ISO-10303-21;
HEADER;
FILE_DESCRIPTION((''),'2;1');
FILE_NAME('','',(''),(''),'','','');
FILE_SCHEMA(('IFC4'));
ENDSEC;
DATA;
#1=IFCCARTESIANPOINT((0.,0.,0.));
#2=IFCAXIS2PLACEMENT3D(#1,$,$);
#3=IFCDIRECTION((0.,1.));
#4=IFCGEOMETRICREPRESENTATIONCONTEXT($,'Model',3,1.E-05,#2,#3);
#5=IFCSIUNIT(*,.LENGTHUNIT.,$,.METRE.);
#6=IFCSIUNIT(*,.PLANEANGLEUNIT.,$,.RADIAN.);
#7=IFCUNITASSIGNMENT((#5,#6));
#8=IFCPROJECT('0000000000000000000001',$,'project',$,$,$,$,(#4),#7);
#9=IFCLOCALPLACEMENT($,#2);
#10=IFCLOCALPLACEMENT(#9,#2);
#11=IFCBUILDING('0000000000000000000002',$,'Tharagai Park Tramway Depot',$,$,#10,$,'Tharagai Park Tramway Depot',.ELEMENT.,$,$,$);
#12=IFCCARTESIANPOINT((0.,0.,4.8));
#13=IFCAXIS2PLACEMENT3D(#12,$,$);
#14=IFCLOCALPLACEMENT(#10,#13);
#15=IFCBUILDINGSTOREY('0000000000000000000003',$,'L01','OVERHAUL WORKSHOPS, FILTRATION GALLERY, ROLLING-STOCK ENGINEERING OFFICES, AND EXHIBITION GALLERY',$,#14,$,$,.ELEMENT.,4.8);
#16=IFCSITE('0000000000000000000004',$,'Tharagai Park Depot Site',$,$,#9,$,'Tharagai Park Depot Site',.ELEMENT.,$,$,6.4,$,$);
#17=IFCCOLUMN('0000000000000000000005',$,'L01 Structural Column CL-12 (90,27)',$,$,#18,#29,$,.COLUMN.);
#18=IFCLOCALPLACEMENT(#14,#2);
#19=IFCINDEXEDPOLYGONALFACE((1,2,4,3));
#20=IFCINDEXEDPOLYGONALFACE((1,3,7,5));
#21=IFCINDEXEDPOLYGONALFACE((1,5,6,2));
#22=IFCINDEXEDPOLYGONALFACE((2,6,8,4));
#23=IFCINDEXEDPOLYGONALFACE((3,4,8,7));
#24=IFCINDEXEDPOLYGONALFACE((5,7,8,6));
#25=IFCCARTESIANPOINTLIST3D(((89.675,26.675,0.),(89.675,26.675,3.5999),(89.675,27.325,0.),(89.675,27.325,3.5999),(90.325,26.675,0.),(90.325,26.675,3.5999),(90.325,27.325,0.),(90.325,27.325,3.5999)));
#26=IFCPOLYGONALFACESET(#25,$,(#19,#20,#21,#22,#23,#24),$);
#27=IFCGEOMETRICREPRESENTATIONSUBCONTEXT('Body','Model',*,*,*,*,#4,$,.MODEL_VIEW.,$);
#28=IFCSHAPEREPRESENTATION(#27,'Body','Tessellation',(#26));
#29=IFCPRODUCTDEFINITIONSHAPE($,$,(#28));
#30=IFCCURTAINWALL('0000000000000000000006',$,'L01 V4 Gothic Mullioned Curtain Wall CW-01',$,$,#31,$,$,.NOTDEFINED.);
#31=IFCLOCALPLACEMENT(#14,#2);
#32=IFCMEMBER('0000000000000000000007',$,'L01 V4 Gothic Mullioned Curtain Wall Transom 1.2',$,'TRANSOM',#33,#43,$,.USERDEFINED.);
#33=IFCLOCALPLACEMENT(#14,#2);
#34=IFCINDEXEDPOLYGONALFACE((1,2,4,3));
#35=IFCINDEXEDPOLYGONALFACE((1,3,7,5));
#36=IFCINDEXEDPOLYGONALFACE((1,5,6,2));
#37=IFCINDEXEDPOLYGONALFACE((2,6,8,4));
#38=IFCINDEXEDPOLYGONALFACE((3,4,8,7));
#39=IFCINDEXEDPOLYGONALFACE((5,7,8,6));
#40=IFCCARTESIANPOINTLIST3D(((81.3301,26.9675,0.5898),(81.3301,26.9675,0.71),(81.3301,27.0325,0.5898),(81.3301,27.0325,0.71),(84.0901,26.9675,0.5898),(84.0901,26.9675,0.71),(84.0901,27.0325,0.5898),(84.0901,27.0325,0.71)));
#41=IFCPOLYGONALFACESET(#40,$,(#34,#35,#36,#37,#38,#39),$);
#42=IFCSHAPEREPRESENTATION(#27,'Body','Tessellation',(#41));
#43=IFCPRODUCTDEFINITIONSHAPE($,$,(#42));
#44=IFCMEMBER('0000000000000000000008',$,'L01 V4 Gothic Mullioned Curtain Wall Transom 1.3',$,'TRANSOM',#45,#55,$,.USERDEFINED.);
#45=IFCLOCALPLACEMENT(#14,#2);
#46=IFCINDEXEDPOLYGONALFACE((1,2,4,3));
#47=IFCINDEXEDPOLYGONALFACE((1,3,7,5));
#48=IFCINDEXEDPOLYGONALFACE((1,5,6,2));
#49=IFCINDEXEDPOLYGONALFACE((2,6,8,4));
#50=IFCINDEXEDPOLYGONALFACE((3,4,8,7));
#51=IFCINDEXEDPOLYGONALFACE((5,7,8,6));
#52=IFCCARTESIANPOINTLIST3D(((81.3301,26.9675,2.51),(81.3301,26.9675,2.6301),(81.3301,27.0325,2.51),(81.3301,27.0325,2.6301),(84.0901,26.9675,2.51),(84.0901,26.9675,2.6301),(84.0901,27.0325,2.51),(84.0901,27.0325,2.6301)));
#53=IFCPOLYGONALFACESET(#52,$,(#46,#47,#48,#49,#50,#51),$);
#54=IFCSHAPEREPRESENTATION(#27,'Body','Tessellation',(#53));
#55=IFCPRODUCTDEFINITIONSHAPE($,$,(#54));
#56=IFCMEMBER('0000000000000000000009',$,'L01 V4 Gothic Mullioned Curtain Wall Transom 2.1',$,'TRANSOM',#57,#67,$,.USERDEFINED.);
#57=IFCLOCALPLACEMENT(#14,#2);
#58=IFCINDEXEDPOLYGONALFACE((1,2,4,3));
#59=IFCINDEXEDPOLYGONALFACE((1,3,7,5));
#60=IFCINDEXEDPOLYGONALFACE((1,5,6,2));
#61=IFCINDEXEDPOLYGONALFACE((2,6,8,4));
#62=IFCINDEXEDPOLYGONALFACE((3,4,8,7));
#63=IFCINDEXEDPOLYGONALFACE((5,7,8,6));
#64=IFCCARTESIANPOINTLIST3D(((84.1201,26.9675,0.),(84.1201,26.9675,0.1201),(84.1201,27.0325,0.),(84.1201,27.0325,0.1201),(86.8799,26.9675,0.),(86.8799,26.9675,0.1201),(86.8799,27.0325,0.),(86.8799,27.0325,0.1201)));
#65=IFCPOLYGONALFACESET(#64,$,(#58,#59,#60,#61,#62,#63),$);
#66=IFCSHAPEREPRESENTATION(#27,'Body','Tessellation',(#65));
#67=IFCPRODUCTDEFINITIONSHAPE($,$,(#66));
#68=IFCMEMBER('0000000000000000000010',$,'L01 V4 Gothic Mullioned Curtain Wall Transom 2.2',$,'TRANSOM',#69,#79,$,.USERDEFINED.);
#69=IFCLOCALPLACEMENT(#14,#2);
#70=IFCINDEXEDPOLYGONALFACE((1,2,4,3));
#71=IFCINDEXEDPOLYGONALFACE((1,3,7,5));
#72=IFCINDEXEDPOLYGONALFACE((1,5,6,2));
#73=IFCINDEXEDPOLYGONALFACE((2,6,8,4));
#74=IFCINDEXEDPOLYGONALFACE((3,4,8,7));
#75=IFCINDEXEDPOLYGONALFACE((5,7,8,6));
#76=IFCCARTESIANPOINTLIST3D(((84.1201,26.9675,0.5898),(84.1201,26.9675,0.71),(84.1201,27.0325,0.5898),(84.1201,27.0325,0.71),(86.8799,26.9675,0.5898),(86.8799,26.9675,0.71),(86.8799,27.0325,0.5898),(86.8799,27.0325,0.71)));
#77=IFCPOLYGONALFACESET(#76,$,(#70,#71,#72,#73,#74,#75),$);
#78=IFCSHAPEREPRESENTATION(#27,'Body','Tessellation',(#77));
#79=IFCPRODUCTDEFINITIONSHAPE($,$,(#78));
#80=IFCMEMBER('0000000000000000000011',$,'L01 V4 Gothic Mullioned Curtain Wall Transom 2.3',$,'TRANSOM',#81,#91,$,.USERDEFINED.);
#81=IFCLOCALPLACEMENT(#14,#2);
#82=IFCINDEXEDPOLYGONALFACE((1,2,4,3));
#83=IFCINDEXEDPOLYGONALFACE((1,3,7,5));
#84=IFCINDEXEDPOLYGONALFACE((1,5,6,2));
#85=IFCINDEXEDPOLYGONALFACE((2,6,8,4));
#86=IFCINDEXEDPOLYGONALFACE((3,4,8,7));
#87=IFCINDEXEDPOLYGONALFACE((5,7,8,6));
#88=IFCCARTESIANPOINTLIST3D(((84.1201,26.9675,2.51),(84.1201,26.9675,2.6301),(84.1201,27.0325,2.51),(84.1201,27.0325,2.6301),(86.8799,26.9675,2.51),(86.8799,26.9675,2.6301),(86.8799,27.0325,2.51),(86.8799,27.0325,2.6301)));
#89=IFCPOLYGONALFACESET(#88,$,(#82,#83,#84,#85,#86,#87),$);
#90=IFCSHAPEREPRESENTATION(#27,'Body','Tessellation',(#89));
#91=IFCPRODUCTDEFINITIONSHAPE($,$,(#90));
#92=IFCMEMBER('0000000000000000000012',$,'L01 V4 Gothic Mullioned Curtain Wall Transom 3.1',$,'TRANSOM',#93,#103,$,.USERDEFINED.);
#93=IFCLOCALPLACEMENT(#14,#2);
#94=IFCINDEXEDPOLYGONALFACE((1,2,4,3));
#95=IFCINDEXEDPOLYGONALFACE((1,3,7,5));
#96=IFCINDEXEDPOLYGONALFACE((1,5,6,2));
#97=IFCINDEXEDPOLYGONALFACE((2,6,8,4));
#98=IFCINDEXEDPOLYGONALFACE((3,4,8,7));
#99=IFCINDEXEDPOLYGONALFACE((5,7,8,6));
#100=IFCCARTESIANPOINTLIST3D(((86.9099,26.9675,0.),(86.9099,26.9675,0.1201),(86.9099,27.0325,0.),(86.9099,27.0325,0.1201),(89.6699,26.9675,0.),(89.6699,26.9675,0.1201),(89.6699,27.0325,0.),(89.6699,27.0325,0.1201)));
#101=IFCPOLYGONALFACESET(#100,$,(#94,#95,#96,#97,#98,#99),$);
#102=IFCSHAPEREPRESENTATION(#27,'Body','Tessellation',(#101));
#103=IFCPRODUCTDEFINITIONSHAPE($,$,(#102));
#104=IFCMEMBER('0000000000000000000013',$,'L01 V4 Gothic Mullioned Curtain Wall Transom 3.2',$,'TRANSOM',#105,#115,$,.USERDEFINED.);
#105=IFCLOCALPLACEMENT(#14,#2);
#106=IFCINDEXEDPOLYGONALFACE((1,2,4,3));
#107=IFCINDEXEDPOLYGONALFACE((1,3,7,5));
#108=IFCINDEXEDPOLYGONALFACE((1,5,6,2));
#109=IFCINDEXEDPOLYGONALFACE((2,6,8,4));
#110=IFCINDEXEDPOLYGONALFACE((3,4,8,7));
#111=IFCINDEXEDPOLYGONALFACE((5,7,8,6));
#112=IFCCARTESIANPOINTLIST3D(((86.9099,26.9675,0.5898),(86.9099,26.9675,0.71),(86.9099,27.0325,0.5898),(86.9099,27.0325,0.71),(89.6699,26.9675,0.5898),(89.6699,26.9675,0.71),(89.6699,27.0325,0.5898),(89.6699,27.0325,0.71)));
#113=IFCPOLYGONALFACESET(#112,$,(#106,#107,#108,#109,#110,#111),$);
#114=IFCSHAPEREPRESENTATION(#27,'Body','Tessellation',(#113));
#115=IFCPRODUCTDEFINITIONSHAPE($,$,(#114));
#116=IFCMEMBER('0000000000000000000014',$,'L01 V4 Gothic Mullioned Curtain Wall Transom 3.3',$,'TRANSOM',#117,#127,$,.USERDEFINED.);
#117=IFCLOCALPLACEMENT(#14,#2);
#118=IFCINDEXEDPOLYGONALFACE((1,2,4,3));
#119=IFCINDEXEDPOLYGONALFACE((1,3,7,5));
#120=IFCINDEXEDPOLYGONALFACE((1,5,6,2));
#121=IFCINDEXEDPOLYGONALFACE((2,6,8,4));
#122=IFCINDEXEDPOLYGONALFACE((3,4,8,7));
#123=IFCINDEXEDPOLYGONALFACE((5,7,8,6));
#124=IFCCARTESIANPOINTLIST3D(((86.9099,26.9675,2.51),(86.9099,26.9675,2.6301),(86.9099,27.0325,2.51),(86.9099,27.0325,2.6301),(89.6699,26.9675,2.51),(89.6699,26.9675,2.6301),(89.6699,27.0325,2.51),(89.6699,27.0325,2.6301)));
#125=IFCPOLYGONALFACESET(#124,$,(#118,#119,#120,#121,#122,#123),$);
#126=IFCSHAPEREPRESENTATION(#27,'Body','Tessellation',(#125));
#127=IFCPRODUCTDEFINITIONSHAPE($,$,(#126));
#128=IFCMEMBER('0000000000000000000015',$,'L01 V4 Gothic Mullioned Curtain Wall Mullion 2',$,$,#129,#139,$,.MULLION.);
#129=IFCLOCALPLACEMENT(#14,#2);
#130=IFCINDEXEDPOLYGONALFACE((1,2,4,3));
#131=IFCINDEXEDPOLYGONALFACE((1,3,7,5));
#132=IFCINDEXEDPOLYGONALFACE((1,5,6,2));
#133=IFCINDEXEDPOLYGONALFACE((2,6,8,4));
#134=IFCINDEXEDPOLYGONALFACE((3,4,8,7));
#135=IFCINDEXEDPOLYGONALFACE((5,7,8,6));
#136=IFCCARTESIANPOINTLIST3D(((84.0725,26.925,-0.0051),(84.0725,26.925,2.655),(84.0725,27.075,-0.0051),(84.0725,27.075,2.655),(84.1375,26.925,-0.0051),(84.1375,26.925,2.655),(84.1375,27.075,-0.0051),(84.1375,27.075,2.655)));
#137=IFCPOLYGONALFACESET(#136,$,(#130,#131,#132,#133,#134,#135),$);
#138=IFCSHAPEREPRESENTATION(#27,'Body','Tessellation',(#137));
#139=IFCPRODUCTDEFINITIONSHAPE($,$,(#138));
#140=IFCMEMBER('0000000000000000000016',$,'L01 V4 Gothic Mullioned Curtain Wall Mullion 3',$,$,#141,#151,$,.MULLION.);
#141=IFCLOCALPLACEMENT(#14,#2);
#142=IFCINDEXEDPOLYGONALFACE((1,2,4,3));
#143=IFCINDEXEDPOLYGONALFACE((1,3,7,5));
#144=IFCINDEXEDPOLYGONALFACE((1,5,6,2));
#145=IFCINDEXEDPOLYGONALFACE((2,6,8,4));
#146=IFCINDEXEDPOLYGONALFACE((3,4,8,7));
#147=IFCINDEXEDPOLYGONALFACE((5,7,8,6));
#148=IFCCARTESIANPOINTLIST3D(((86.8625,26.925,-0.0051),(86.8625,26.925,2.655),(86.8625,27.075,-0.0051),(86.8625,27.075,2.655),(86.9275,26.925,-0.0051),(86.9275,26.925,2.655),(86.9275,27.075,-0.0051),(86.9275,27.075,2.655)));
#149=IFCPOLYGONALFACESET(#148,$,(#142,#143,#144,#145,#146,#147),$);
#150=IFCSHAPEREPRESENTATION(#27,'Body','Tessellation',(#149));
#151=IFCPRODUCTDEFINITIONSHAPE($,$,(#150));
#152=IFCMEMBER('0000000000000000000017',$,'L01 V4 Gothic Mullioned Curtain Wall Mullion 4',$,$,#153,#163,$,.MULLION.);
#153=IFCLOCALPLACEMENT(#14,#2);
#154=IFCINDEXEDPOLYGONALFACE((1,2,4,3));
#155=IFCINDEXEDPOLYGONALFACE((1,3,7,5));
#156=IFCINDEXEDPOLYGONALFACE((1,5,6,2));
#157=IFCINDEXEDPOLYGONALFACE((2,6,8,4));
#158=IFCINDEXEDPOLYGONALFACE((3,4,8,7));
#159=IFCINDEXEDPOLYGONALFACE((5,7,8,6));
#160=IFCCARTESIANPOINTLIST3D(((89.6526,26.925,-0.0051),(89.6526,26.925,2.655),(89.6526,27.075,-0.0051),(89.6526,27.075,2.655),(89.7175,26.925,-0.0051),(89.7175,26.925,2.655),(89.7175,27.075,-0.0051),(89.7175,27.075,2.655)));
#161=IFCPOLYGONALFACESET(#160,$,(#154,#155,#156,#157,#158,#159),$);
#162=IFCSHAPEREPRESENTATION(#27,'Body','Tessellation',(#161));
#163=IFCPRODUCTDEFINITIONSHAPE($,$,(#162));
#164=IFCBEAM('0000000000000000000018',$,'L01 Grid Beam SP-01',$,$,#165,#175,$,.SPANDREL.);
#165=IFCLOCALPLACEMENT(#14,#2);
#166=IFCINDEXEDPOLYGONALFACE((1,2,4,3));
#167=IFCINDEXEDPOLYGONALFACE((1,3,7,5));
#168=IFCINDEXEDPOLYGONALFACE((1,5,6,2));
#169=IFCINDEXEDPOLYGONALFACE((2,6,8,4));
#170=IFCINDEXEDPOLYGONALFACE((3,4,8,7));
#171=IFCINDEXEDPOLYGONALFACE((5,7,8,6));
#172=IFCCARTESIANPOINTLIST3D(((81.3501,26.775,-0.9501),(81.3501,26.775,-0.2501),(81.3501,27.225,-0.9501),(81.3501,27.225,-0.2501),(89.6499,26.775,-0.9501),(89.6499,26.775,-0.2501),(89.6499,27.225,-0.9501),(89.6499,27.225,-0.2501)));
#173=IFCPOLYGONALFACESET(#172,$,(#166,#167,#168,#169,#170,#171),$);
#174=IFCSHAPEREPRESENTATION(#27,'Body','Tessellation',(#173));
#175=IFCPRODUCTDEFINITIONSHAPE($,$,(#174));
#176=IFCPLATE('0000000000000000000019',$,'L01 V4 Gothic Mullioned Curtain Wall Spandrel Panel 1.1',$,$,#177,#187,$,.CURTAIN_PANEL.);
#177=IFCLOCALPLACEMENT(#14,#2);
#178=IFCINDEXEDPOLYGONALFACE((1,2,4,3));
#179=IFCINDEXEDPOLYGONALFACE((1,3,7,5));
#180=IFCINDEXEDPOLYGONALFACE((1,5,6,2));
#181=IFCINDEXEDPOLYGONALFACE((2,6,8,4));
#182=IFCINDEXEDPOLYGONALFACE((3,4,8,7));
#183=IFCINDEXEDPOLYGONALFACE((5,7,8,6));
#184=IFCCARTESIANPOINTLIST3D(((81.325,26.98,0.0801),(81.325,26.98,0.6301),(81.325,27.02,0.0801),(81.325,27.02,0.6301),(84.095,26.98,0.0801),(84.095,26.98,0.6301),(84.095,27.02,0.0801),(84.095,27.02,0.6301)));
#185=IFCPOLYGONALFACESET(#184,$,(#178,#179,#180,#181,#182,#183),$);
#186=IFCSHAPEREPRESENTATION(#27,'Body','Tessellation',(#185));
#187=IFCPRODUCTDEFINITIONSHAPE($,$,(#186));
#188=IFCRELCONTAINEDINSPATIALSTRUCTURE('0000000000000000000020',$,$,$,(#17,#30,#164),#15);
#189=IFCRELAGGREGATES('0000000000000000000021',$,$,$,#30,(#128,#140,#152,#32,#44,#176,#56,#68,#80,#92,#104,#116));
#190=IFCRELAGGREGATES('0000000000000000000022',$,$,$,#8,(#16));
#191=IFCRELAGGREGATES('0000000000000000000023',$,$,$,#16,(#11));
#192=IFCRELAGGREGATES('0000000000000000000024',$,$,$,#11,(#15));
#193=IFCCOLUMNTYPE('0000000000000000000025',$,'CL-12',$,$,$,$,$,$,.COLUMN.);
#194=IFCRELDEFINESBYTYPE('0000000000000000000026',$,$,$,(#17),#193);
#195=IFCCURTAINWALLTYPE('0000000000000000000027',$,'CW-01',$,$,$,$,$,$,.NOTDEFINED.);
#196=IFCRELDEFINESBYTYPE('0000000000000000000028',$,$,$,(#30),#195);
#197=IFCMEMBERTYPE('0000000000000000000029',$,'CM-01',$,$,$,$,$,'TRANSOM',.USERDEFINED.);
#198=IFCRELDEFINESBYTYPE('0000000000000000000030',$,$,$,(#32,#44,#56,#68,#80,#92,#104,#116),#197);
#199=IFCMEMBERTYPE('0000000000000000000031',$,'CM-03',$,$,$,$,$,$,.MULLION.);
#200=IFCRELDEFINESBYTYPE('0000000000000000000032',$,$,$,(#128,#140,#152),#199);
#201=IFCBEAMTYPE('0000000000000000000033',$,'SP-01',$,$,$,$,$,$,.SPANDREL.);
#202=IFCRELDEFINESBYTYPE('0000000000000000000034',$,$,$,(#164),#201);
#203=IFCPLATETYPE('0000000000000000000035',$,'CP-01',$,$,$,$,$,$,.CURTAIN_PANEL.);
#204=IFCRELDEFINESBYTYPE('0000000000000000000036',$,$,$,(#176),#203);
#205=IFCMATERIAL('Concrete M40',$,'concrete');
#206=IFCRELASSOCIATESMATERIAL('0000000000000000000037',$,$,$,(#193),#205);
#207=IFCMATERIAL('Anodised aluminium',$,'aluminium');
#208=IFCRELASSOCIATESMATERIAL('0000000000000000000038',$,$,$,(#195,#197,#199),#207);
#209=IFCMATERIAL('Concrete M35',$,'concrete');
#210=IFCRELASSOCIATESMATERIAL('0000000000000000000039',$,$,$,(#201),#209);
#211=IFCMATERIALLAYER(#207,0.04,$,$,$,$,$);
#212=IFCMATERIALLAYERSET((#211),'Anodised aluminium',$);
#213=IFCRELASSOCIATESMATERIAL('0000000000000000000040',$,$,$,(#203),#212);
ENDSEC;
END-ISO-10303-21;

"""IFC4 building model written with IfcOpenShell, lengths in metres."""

from ifc_helpers import new_model, si_unit, direction, frame, origin, origin_2d, place, context, subcontext, project, spatial, rectangle, extrude, material, layer, layer_set, material_profile, profile_set, type_object, element, aggregate, save


model = new_model("IFC4")

# Units and contexts
model_context = context("Model", 3, precision=1e-05, world=origin(), true_north=direction((0.0, 1.0)))
body_context = subcontext(model_context, "Body", "Model", "MODEL_VIEW")
ifc_project = project(units=[si_unit("LENGTHUNIT", "METRE"), si_unit("PLANEANGLEUNIT", "RADIAN")], contexts=[model_context])

# Site, building, storey
site_placement = place(None, origin())
site = spatial("IfcSite", under=ifc_project, at=site_placement, Name="Tharagai Park Depot Site", LongName="Tharagai Park Depot Site", CompositionType="ELEMENT", RefElevation=6.4)
building_placement = place(site_placement, origin())
building = spatial("IfcBuilding", under=site, at=building_placement, Name="Tharagai Park Tramway Depot", LongName="Tharagai Park Tramway Depot", CompositionType="ELEMENT")
storey_placement = place(building_placement, frame((0.0, 0.0, 4.8)))
storey = spatial("IfcBuildingStorey", under=building, at=storey_placement, Name="L01", Description="OVERHAUL WORKSHOPS, FILTRATION GALLERY, ROLLING-STOCK ENGINEERING OFFICES, AND EXHIBITION GALLERY", CompositionType="ELEMENT", Elevation=4.8)

# Column
ifc_material_1 = material(Name="Concrete M40", Category="concrete")
ifc_material_profile_1 = material_profile(ifc_material_1, rectangle(XDim=0.6499, YDim=0.6499, at=origin_2d()), Name="RC 650x650")
ifc_profile_set_1 = profile_set([ifc_material_profile_1], Name="Concrete M40")
column_type = type_object("IfcColumnType", Name="CL-12", PredefinedType="COLUMN", material=ifc_profile_set_1)
column_placement = place(storey_placement, frame((90.0, 27.0, 0.0), z_axis=(0.0, 0.0, 1.0), x_axis=(1.0, 0.0, 0.0)))
element("IfcColumn", 1, at=column_placement, inside=storey, type_object=column_type, Name="L01 Structural Column CL-12 (90,27)", PredefinedType="COLUMN", context=body_context, shape_type="SweptSolid", body=[
    extrude(rectangle(XDim=0.6499, YDim=0.6499, at=origin_2d()), origin(), (0.0, 0.0, 1.0), 3.5999),
])

# Curtain wall, members
ifc_material_2 = material(Name="Anodised aluminium", Category="aluminium")
curtain_wall_type = type_object("IfcCurtainWallType", Name="CW-01", PredefinedType="NOTDEFINED", material=ifc_material_2)
curtain_wall_placement = place(storey_placement, origin())
curtain_wall = element("IfcCurtainWall", 2, at=curtain_wall_placement, inside=storey, type_object=curtain_wall_type, Name="L01 V4 Gothic Mullioned Curtain Wall CW-01", PredefinedType="NOTDEFINED")
ifc_material_profile_2 = material_profile(ifc_material_2, rectangle(XDim=0.0649, YDim=0.1201, at=origin_2d()), Name="ALU 65x120")
ifc_profile_set_2 = profile_set([ifc_material_profile_2], Name="Anodised aluminium")
member_type_1 = type_object("IfcMemberType", Name="CM-01", ElementType="TRANSOM", PredefinedType="USERDEFINED", material=ifc_profile_set_2)
member_1_placement = place(storey_placement, frame((81.3301, 27.0, 0.6499), z_axis=(1.0, 0.0, 0.0), x_axis=(0.0, 1.0, 0.0)))
member_1 = element("IfcMember", 3, at=member_1_placement, type_object=member_type_1, Name="L01 V4 Gothic Mullioned Curtain Wall Transom 1.2", ObjectType="TRANSOM", PredefinedType="USERDEFINED", context=body_context, shape_type="SweptSolid", body=[
    extrude(rectangle(XDim=0.0649, YDim=0.1201, at=origin_2d()), origin(), (0.0, 0.0, 1.0), 2.76),
])
member_2_placement = place(storey_placement, frame((81.3301, 27.0, 2.5701), z_axis=(1.0, 0.0, 0.0), x_axis=(0.0, 1.0, 0.0)))
member_2 = element("IfcMember", 4, at=member_2_placement, type_object=member_type_1, Name="L01 V4 Gothic Mullioned Curtain Wall Transom 1.3", ObjectType="TRANSOM", PredefinedType="USERDEFINED", context=body_context, shape_type="SweptSolid", body=[
    extrude(rectangle(XDim=0.0649, YDim=0.1201, at=origin_2d()), origin(), (0.0, 0.0, 1.0), 2.76),
])
member_3_placement = place(storey_placement, frame((84.1201, 27.0, 0.0601), z_axis=(1.0, 0.0, 0.0), x_axis=(0.0, 1.0, 0.0)))
member_3 = element("IfcMember", 5, at=member_3_placement, type_object=member_type_1, Name="L01 V4 Gothic Mullioned Curtain Wall Transom 2.1", ObjectType="TRANSOM", PredefinedType="USERDEFINED", context=body_context, shape_type="SweptSolid", body=[
    extrude(rectangle(XDim=0.0649, YDim=0.1201, at=origin_2d()), origin(), (0.0, 0.0, 1.0), 2.7598),
])
member_4_placement = place(storey_placement, frame((84.1201, 27.0, 0.6499), z_axis=(1.0, 0.0, 0.0), x_axis=(0.0, 1.0, 0.0)))
member_4 = element("IfcMember", 6, at=member_4_placement, type_object=member_type_1, Name="L01 V4 Gothic Mullioned Curtain Wall Transom 2.2", ObjectType="TRANSOM", PredefinedType="USERDEFINED", context=body_context, shape_type="SweptSolid", body=[
    extrude(rectangle(XDim=0.0649, YDim=0.1201, at=origin_2d()), origin(), (0.0, 0.0, 1.0), 2.7598),
])
member_5_placement = place(storey_placement, frame((84.1201, 27.0, 2.5701), z_axis=(1.0, 0.0, 0.0), x_axis=(0.0, 1.0, 0.0)))
member_5 = element("IfcMember", 7, at=member_5_placement, type_object=member_type_1, Name="L01 V4 Gothic Mullioned Curtain Wall Transom 2.3", ObjectType="TRANSOM", PredefinedType="USERDEFINED", context=body_context, shape_type="SweptSolid", body=[
    extrude(rectangle(XDim=0.0649, YDim=0.1201, at=origin_2d()), origin(), (0.0, 0.0, 1.0), 2.7598),
])
member_6_placement = place(storey_placement, frame((86.9099, 27.0, 0.0601), z_axis=(1.0, 0.0, 0.0), x_axis=(0.0, 1.0, 0.0)))
member_6 = element("IfcMember", 8, at=member_6_placement, type_object=member_type_1, Name="L01 V4 Gothic Mullioned Curtain Wall Transom 3.1", ObjectType="TRANSOM", PredefinedType="USERDEFINED", context=body_context, shape_type="SweptSolid", body=[
    extrude(rectangle(XDim=0.0649, YDim=0.1201, at=origin_2d()), origin(), (0.0, 0.0, 1.0), 2.76),
])
member_7_placement = place(storey_placement, frame((86.9099, 27.0, 0.6499), z_axis=(1.0, 0.0, 0.0), x_axis=(0.0, 1.0, 0.0)))
member_7 = element("IfcMember", 9, at=member_7_placement, type_object=member_type_1, Name="L01 V4 Gothic Mullioned Curtain Wall Transom 3.2", ObjectType="TRANSOM", PredefinedType="USERDEFINED", context=body_context, shape_type="SweptSolid", body=[
    extrude(rectangle(XDim=0.0649, YDim=0.1201, at=origin_2d()), origin(), (0.0, 0.0, 1.0), 2.76),
])
member_8_placement = place(storey_placement, frame((86.9099, 27.0, 2.5701), z_axis=(1.0, 0.0, 0.0), x_axis=(0.0, 1.0, 0.0)))
member_8 = element("IfcMember", 10, at=member_8_placement, type_object=member_type_1, Name="L01 V4 Gothic Mullioned Curtain Wall Transom 3.3", ObjectType="TRANSOM", PredefinedType="USERDEFINED", context=body_context, shape_type="SweptSolid", body=[
    extrude(rectangle(XDim=0.0649, YDim=0.1201, at=origin_2d()), origin(), (0.0, 0.0, 1.0), 2.76),
])
ifc_material_profile_3 = material_profile(ifc_material_2, rectangle(XDim=0.0649, YDim=0.1499, at=origin_2d()), Name="ALU 65x150")
ifc_profile_set_3 = profile_set([ifc_material_profile_3], Name="Anodised aluminium")
member_type_2 = type_object("IfcMemberType", Name="CM-03", PredefinedType="MULLION", material=ifc_profile_set_3)
member_9_placement = place(storey_placement, frame((84.105, 27.0, -0.0051), z_axis=(0.0, 0.0, 1.0), x_axis=(1.0, 0.0, 0.0)))
member_9 = element("IfcMember", 11, at=member_9_placement, type_object=member_type_2, Name="L01 V4 Gothic Mullioned Curtain Wall Mullion 2", PredefinedType="MULLION", context=body_context, shape_type="SweptSolid", body=[
    extrude(rectangle(XDim=0.0649, YDim=0.1499, at=origin_2d()), origin(), (0.0, 0.0, 1.0), 2.6602),
])
member_10_placement = place(storey_placement, frame((86.895, 27.0, -0.0051), z_axis=(0.0, 0.0, 1.0), x_axis=(1.0, 0.0, 0.0)))
member_10 = element("IfcMember", 12, at=member_10_placement, type_object=member_type_2, Name="L01 V4 Gothic Mullioned Curtain Wall Mullion 3", PredefinedType="MULLION", context=body_context, shape_type="SweptSolid", body=[
    extrude(rectangle(XDim=0.0649, YDim=0.1499, at=origin_2d()), origin(), (0.0, 0.0, 1.0), 2.6602),
])
member_11_placement = place(storey_placement, frame((89.6851, 27.0, -0.0051), z_axis=(0.0, 0.0, 1.0), x_axis=(1.0, 0.0, 0.0)))
member_11 = element("IfcMember", 13, at=member_11_placement, type_object=member_type_2, Name="L01 V4 Gothic Mullioned Curtain Wall Mullion 4", PredefinedType="MULLION", context=body_context, shape_type="SweptSolid", body=[
    extrude(rectangle(XDim=0.0649, YDim=0.1499, at=origin_2d()), origin(), (0.0, 0.0, 1.0), 2.6602),
])

# Beam
ifc_material_3 = material(Name="Concrete M35", Category="concrete")
ifc_material_profile_4 = material_profile(ifc_material_3, rectangle(XDim=0.45, YDim=0.7, at=origin_2d()), Name="RC 450x700")
ifc_profile_set_4 = profile_set([ifc_material_profile_4], Name="Concrete M35")
beam_type = type_object("IfcBeamType", Name="SP-01", PredefinedType="SPANDREL", material=ifc_profile_set_4)
beam_placement = place(storey_placement, frame((81.3501, 27.0, -0.6001), z_axis=(1.0, 0.0, 0.0), x_axis=(0.0, 1.0, 0.0)))
element("IfcBeam", 14, at=beam_placement, inside=storey, type_object=beam_type, Name="L01 Grid Beam SP-01", PredefinedType="SPANDREL", context=body_context, shape_type="SweptSolid", body=[
    extrude(rectangle(XDim=0.45, YDim=0.7, at=origin_2d()), origin(), (0.0, 0.0, 1.0), 8.2998),
])

# Plate
ifc_layer_1 = layer(ifc_material_2, 0.04)
ifc_layer_set_1 = layer_set([ifc_layer_1], Name="Anodised aluminium")
plate_type_1 = type_object("IfcPlateType", Name="CP-01", PredefinedType="CURTAIN_PANEL", material=ifc_layer_set_1)
plate_1_placement = place(storey_placement, frame((82.71, 27.0, 0.0801), z_axis=(0.0, 0.0, 1.0), x_axis=(1.0, 0.0, 0.0)))
plate_1 = element("IfcPlate", 15, at=plate_1_placement, type_object=plate_type_1, Name="L01 V4 Gothic Mullioned Curtain Wall Spandrel Panel 1.1", PredefinedType="CURTAIN_PANEL", context=body_context, shape_type="SweptSolid", body=[
    extrude(rectangle(XDim=2.77, YDim=0.04, at=origin_2d()), origin(), (0.0, 0.0, 1.0), 0.55),
])
aggregate(curtain_wall, [member_9, member_10, member_11, member_1, member_2, plate_1, member_3, member_4, member_5, member_6, member_7, member_8])

save(model, "model.ifc")
